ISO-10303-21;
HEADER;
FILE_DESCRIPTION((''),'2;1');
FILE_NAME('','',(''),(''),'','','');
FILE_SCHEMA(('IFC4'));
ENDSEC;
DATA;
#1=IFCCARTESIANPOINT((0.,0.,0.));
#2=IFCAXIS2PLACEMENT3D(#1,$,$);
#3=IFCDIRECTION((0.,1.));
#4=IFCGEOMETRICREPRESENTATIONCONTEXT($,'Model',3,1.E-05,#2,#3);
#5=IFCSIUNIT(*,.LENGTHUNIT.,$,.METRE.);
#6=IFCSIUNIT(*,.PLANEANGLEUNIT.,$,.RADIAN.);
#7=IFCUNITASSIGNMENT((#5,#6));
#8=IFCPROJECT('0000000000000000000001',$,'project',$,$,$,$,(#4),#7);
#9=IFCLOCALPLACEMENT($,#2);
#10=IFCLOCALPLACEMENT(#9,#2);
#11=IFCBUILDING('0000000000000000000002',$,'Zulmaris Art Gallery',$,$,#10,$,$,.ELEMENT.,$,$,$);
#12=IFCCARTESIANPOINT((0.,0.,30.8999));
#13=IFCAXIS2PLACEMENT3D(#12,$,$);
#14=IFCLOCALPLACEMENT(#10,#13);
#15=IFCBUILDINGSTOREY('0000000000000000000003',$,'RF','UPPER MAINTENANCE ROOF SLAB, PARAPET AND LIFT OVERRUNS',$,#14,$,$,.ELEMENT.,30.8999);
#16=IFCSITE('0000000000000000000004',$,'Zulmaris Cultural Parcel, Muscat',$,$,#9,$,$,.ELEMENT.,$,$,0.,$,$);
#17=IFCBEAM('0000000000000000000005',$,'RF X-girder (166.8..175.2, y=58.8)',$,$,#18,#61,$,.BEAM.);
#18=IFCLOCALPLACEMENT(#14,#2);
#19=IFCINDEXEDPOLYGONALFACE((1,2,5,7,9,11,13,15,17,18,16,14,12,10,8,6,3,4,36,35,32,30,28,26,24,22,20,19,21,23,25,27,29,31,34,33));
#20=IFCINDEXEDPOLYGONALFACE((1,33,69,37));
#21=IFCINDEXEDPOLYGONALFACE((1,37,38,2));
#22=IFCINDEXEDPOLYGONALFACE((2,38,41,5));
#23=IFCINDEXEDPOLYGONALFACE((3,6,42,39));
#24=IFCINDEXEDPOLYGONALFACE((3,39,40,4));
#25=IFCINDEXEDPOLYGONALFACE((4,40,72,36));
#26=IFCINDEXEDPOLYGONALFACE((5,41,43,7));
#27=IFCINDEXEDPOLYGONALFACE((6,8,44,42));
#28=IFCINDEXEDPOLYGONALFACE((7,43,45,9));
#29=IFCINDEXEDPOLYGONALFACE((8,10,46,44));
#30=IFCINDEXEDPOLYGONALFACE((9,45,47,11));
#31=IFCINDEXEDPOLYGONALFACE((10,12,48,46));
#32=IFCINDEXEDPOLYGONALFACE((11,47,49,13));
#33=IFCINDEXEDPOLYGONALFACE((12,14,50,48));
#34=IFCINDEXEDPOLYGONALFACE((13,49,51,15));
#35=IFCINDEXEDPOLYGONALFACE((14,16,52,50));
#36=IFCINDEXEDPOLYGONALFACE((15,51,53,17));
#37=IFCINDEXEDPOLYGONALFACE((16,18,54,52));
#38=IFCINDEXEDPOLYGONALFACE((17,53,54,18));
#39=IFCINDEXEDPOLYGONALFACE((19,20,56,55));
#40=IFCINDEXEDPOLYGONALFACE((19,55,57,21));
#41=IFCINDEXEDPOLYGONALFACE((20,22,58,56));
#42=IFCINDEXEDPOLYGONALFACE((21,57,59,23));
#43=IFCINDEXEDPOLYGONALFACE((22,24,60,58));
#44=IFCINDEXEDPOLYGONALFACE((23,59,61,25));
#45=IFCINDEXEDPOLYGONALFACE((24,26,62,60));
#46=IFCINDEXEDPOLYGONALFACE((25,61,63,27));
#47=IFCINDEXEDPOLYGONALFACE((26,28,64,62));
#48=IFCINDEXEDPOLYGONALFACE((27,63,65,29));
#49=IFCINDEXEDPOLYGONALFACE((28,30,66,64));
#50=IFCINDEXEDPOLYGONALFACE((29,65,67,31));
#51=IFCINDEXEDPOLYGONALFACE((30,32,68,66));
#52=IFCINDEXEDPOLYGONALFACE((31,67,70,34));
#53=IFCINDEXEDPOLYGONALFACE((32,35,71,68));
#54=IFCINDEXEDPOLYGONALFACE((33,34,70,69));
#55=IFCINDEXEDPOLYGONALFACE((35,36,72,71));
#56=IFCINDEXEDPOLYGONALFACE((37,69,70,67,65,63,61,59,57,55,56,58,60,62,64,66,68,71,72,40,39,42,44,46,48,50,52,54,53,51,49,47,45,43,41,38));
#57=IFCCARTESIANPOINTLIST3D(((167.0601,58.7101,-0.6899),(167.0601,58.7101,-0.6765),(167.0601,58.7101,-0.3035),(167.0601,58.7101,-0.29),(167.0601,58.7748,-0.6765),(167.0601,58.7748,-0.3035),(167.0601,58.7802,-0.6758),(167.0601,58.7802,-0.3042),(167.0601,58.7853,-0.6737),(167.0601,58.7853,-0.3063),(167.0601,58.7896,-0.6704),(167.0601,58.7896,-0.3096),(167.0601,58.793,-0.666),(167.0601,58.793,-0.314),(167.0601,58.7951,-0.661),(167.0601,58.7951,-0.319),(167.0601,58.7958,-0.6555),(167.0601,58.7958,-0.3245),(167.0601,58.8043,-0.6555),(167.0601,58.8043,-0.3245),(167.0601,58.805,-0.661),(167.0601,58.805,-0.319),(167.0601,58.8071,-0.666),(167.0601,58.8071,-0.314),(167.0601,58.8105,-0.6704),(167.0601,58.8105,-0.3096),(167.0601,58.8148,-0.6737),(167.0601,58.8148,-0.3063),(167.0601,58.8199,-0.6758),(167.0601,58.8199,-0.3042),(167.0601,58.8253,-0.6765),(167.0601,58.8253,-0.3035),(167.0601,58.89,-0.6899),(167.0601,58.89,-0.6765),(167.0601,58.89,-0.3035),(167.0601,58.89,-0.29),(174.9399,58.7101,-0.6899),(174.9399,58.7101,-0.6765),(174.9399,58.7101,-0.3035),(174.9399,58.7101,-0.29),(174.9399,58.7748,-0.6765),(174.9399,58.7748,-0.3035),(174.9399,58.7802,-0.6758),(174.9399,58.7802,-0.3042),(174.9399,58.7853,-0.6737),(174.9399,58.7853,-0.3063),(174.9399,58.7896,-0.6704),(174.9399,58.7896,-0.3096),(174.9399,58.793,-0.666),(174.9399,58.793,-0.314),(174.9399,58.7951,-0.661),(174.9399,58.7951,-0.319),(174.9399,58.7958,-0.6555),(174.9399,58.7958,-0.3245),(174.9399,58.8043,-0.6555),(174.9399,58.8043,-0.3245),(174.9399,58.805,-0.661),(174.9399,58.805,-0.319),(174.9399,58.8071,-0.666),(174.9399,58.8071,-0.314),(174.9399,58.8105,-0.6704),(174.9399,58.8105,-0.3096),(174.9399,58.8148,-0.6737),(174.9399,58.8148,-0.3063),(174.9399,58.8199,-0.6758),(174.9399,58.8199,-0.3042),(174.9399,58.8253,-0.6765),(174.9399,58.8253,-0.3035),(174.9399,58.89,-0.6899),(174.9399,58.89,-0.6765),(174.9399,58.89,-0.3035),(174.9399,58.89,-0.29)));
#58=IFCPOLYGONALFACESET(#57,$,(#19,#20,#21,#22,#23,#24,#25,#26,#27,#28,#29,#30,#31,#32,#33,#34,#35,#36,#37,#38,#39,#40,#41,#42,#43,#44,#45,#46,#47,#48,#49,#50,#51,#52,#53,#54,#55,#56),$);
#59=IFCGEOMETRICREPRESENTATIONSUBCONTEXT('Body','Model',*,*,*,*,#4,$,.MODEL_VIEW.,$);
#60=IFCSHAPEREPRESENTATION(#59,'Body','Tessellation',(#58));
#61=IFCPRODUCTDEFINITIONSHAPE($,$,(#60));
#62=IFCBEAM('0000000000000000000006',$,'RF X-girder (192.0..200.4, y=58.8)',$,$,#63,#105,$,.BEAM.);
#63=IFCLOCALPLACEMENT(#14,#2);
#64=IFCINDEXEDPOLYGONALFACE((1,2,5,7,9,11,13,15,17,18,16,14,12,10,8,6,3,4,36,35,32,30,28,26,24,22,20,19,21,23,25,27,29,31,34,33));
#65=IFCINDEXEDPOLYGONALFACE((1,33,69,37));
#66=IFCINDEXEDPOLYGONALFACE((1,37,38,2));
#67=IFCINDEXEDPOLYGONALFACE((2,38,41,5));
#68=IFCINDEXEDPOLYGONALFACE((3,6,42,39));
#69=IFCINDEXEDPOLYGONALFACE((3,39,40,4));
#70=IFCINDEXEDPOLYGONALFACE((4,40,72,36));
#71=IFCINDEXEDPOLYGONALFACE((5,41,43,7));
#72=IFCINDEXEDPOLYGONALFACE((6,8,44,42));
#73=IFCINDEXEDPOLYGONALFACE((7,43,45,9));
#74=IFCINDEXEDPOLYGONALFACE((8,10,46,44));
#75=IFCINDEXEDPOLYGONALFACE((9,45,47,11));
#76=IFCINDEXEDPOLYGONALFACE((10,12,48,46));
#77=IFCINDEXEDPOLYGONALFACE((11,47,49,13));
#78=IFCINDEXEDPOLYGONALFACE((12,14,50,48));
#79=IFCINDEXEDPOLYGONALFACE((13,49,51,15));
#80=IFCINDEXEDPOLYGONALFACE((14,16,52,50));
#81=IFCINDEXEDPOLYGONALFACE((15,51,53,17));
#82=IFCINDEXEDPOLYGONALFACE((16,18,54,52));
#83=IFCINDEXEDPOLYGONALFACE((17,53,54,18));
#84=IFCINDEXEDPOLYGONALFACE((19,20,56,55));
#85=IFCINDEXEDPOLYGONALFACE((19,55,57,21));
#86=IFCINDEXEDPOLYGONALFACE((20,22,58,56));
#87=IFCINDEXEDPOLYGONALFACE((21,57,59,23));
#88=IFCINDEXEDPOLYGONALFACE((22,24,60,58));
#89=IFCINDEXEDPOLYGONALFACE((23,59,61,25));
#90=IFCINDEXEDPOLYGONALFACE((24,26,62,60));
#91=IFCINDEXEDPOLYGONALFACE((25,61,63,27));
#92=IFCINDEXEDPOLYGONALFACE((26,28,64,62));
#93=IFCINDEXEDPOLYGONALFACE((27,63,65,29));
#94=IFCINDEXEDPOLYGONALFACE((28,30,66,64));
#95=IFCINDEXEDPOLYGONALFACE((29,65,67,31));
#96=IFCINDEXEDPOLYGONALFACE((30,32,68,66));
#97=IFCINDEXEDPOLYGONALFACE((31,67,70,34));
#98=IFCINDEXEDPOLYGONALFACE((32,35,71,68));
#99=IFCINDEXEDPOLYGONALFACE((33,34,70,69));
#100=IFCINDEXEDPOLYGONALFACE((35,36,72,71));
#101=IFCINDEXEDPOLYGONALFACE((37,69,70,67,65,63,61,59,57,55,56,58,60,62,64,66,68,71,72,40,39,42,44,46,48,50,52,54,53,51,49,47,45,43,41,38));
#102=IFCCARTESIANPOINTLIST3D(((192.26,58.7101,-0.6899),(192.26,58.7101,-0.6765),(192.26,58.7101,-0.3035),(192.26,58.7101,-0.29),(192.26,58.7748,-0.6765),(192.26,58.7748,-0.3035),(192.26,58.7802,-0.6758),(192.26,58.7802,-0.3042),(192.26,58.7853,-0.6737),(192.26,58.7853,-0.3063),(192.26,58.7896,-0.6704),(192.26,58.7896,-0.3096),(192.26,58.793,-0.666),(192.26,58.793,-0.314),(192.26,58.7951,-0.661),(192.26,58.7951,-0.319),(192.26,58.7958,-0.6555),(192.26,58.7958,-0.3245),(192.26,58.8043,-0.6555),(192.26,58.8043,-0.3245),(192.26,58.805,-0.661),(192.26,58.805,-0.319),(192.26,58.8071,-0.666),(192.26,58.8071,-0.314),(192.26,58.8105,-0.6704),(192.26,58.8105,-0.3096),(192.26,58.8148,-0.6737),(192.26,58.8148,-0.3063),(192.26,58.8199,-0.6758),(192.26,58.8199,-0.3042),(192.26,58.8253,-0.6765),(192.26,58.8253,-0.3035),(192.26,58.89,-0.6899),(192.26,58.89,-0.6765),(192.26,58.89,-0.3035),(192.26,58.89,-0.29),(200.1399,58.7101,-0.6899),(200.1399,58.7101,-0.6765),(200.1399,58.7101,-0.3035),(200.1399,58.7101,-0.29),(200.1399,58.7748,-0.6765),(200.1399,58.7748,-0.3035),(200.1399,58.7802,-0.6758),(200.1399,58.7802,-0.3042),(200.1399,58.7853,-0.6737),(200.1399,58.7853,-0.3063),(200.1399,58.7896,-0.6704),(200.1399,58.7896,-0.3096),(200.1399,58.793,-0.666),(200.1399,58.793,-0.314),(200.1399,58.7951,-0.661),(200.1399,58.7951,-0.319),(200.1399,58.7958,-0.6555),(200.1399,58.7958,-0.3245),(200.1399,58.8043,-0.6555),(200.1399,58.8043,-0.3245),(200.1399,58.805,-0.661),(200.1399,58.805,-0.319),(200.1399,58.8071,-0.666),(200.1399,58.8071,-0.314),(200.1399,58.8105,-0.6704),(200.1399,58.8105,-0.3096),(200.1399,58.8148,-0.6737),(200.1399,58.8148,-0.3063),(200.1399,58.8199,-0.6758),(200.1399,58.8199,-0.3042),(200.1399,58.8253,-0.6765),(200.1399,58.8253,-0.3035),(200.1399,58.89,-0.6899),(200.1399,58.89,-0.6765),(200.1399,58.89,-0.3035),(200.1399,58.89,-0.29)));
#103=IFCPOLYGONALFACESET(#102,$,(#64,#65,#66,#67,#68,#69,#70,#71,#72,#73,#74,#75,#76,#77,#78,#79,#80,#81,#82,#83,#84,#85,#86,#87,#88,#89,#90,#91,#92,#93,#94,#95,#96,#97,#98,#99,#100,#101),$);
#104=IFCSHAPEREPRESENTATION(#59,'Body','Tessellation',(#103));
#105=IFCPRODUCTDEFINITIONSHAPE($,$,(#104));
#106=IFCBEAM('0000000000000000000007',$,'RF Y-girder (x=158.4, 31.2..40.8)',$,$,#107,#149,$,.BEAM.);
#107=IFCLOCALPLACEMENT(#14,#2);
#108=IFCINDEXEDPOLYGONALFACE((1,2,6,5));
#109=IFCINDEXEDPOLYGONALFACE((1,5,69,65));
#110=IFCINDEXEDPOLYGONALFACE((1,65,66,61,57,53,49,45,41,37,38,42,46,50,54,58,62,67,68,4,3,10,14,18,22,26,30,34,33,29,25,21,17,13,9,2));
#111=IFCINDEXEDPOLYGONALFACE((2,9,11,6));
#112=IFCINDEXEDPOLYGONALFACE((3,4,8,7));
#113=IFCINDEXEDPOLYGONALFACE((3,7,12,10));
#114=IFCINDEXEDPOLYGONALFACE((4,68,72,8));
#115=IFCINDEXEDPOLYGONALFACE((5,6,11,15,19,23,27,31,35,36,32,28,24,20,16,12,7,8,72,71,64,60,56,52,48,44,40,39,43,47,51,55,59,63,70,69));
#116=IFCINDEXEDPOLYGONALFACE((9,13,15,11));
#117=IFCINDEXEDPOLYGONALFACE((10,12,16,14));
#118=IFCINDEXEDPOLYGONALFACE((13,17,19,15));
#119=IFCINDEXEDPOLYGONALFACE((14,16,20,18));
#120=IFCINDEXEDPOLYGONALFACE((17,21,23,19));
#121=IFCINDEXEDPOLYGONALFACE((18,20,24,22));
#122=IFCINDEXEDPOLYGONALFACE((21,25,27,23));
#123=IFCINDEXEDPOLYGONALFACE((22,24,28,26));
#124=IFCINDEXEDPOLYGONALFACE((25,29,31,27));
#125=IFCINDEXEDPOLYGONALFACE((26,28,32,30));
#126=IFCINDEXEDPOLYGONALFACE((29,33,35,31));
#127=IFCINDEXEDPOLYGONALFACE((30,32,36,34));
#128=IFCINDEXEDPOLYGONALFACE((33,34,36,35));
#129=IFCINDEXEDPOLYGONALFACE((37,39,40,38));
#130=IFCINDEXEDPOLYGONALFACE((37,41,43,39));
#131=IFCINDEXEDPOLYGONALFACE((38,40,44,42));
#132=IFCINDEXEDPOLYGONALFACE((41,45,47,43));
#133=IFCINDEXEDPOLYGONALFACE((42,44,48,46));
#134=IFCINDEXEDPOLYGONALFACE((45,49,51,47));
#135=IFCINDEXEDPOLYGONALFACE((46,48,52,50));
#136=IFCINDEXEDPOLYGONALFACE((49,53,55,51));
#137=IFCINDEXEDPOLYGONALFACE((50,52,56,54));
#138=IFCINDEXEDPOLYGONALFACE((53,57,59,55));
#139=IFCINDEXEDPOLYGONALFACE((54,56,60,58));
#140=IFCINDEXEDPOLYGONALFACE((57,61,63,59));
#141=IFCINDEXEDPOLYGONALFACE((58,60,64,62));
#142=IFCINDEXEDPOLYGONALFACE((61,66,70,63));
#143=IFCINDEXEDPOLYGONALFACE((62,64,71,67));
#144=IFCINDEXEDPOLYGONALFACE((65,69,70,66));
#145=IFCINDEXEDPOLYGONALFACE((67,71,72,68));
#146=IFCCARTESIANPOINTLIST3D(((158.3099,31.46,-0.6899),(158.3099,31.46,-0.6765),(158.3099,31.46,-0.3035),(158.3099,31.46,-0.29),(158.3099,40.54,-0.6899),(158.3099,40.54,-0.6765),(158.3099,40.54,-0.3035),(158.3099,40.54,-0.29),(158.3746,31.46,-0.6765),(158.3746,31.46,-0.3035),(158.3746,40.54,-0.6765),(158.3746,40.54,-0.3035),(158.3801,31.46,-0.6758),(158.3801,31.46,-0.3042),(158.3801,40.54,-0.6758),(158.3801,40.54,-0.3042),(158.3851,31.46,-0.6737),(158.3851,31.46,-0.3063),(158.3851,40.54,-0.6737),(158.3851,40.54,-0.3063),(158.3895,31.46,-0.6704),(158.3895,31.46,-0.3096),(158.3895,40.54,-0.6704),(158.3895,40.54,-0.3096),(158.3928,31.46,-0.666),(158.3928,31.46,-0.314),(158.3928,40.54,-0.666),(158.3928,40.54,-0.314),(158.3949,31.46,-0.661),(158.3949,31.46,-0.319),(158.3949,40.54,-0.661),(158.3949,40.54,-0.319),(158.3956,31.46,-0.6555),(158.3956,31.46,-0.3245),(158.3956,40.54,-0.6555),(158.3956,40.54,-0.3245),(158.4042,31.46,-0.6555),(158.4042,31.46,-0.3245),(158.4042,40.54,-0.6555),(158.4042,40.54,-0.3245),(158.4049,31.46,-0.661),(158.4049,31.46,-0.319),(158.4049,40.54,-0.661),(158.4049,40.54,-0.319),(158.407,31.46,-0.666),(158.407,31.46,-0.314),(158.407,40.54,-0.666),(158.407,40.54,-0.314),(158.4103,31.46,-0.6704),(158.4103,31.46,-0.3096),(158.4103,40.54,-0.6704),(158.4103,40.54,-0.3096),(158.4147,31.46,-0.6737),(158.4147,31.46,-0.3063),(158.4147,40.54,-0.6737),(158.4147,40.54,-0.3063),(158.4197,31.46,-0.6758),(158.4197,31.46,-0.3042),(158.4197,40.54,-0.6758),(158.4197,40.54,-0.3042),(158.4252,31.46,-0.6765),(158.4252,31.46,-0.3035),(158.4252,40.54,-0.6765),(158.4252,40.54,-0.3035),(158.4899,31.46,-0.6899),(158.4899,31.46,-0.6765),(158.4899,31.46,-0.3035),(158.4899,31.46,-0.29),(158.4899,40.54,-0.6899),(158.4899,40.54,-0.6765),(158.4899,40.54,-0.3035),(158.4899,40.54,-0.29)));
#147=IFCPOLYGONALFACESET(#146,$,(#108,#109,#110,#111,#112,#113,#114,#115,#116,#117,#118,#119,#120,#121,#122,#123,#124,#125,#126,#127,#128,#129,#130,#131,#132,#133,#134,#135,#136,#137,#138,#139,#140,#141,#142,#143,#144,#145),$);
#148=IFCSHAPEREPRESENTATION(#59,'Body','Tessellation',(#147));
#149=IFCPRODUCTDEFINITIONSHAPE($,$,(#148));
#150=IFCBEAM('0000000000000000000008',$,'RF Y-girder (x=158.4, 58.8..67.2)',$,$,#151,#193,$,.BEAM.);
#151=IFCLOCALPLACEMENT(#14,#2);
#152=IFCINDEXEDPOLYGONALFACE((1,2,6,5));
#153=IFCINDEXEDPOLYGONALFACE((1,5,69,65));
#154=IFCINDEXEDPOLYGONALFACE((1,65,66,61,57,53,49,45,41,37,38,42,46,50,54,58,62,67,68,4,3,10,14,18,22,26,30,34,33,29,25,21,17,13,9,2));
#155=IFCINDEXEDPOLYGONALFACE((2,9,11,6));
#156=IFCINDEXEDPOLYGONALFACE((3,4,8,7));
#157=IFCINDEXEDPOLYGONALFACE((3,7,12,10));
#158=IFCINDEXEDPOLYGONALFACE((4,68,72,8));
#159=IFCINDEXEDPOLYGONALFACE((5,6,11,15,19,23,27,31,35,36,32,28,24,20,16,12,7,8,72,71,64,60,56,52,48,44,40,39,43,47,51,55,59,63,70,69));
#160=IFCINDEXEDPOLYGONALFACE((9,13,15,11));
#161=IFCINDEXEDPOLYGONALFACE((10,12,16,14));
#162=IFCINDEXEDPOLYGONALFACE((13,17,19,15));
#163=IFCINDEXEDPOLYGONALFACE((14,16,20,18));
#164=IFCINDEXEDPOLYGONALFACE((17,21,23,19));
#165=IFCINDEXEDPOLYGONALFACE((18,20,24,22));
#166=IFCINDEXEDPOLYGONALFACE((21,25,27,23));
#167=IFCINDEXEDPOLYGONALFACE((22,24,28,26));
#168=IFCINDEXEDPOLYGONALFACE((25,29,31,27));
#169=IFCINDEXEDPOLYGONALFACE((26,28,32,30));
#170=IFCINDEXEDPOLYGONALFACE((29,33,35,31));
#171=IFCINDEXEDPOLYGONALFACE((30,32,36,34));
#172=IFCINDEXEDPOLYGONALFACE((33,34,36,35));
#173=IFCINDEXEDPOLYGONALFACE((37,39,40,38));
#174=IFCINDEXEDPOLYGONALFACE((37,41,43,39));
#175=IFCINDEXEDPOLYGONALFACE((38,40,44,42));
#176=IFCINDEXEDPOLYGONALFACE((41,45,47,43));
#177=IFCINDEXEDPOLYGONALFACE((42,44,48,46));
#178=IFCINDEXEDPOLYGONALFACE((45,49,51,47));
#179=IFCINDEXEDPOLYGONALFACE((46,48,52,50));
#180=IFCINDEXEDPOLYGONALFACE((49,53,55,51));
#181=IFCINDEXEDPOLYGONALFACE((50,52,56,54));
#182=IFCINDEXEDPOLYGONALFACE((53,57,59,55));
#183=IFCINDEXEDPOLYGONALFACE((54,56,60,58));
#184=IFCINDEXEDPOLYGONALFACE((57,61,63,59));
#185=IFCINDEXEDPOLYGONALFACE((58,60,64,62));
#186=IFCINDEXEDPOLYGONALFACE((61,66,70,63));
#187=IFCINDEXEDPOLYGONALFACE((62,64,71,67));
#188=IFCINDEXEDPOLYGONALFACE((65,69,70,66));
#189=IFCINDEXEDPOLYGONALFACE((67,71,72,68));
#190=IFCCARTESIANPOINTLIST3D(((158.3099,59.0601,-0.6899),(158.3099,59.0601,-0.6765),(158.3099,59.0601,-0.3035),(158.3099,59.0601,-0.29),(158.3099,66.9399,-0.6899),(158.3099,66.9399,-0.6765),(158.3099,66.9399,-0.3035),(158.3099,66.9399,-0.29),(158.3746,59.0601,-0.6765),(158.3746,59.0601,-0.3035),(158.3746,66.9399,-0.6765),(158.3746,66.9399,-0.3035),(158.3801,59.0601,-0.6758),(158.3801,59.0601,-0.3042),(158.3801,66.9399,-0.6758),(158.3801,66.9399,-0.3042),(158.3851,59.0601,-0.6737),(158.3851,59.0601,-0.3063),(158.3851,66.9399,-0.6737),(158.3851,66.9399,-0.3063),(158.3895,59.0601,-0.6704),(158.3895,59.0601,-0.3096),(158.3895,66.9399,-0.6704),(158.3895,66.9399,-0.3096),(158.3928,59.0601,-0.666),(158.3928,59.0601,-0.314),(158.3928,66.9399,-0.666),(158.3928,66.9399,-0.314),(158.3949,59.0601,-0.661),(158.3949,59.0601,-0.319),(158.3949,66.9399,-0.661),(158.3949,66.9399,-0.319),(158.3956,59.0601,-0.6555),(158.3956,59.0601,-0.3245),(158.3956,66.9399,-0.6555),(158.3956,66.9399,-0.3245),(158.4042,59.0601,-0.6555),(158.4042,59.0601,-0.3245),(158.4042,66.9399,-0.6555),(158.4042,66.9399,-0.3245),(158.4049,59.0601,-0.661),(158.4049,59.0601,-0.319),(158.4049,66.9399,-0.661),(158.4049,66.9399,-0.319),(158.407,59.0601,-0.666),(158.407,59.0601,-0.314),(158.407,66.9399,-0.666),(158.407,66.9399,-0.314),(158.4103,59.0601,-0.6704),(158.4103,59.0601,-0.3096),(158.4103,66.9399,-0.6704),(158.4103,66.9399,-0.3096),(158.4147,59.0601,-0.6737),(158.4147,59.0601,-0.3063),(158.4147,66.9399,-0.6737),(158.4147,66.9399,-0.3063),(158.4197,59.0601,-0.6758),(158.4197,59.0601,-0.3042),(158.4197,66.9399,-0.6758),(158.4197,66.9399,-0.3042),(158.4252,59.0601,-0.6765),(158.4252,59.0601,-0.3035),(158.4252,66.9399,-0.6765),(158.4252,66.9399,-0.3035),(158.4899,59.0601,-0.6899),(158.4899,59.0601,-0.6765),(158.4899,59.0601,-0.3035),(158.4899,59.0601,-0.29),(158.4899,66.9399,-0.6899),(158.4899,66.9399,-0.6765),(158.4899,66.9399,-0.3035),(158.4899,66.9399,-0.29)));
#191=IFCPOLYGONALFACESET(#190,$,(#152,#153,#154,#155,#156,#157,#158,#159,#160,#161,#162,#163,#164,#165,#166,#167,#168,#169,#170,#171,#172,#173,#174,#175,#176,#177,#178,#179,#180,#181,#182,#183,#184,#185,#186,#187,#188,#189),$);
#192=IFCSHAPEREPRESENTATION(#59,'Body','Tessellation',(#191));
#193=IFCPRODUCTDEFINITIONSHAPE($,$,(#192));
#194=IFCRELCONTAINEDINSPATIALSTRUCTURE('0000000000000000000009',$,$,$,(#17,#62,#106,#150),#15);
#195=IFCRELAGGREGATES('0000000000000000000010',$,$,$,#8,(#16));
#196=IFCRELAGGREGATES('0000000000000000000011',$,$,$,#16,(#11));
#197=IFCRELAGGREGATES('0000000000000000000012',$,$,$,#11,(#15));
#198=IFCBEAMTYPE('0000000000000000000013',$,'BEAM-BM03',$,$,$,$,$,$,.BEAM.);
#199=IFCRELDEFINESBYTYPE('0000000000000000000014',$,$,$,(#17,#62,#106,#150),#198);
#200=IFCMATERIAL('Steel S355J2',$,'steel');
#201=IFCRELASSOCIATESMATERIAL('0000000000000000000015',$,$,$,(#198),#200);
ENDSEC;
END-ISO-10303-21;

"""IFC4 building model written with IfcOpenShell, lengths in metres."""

from ifc_helpers import new_model, si_unit, direction, frame, origin, origin_2d, place, context, subcontext, project, spatial, i_section, extrude, material, material_profile, profile_set, type_object, element, save


model = new_model("IFC4")

# Units and contexts
model_context = context("Model", 3, precision=1e-05, world=origin(), true_north=direction((0.0, 1.0)))
body_context = subcontext(model_context, "Body", "Model", "MODEL_VIEW")
ifc_project = project(units=[si_unit("LENGTHUNIT", "METRE"), si_unit("PLANEANGLEUNIT", "RADIAN")], contexts=[model_context])

# Site, building, storey
site_placement = place(None, origin())
site = spatial("IfcSite", under=ifc_project, at=site_placement, Name="Zulmaris Cultural Parcel, Muscat", CompositionType="ELEMENT", RefElevation=0.0)
building_placement = place(site_placement, origin())
building = spatial("IfcBuilding", under=site, at=building_placement, Name="Zulmaris Art Gallery", CompositionType="ELEMENT")
storey_placement = place(building_placement, frame((0.0, 0.0, 30.8999)))
storey = spatial("IfcBuildingStorey", under=building, at=storey_placement, Name="RF", Description="UPPER MAINTENANCE ROOF SLAB, PARAPET AND LIFT OVERRUNS", CompositionType="ELEMENT", Elevation=30.8999)

# Beams
ifc_material_1 = material(Name="Steel S355J2", Category="steel")
ifc_material_profile_1 = material_profile(ifc_material_1, i_section(OverallWidth=0.1799, OverallDepth=0.3999, WebThickness=0.0085, FlangeThickness=0.0134, FilletRadius=0.021, at=origin_2d()), Name="IPE 400")
ifc_profile_set_1 = profile_set([ifc_material_profile_1], Name="Steel S355J2")
beam_type_1 = type_object("IfcBeamType", Name="BEAM-BM03", PredefinedType="BEAM", material=ifc_profile_set_1)
for number, where, z_axis, x_axis, name in (
    (1, (167.0601, 58.8, -0.49), (1.0, 0.0, 0.0), (0.0, 1.0, 0.0), "RF X-girder (166.8..175.2, y=58.8)"),
    (2, (192.26, 58.8, -0.49), (1.0, 0.0, 0.0), (0.0, 1.0, 0.0), "RF X-girder (192.0..200.4, y=58.8)"),
):
    element("IfcBeam", number, at=place(storey_placement, frame(where, z_axis=z_axis, x_axis=x_axis)), inside=storey, type_object=beam_type_1, Name=name, PredefinedType="BEAM", context=body_context, shape_type="SweptSolid", body=[
        extrude(i_section(OverallWidth=0.1799, OverallDepth=0.3999, WebThickness=0.0085, FlangeThickness=0.0134, FilletRadius=0.021, at=origin_2d()), origin(), (0.0, 0.0, 1.0), 7.8799),
    ])
beam_1_placement = place(storey_placement, frame((158.3999, 31.46, -0.49), z_axis=(0.0, 1.0, 0.0), x_axis=(-1.0, 0.0, 0.0)))
element("IfcBeam", 3, at=beam_1_placement, inside=storey, type_object=beam_type_1, Name="RF Y-girder (x=158.4, 31.2..40.8)", PredefinedType="BEAM", context=body_context, shape_type="SweptSolid", body=[
    extrude(i_section(OverallWidth=0.1799, OverallDepth=0.3999, WebThickness=0.0085, FlangeThickness=0.0134, FilletRadius=0.021, at=origin_2d()), origin(), (0.0, 0.0, 1.0), 9.0801),
])
beam_2_placement = place(storey_placement, frame((158.3999, 59.0601, -0.49), z_axis=(0.0, 1.0, 0.0), x_axis=(-1.0, 0.0, 0.0)))
element("IfcBeam", 4, at=beam_2_placement, inside=storey, type_object=beam_type_1, Name="RF Y-girder (x=158.4, 58.8..67.2)", PredefinedType="BEAM", context=body_context, shape_type="SweptSolid", body=[
    extrude(i_section(OverallWidth=0.1799, OverallDepth=0.3999, WebThickness=0.0085, FlangeThickness=0.0134, FilletRadius=0.021, at=origin_2d()), origin(), (0.0, 0.0, 1.0), 7.8799),
])

save(model, "model.ifc")
